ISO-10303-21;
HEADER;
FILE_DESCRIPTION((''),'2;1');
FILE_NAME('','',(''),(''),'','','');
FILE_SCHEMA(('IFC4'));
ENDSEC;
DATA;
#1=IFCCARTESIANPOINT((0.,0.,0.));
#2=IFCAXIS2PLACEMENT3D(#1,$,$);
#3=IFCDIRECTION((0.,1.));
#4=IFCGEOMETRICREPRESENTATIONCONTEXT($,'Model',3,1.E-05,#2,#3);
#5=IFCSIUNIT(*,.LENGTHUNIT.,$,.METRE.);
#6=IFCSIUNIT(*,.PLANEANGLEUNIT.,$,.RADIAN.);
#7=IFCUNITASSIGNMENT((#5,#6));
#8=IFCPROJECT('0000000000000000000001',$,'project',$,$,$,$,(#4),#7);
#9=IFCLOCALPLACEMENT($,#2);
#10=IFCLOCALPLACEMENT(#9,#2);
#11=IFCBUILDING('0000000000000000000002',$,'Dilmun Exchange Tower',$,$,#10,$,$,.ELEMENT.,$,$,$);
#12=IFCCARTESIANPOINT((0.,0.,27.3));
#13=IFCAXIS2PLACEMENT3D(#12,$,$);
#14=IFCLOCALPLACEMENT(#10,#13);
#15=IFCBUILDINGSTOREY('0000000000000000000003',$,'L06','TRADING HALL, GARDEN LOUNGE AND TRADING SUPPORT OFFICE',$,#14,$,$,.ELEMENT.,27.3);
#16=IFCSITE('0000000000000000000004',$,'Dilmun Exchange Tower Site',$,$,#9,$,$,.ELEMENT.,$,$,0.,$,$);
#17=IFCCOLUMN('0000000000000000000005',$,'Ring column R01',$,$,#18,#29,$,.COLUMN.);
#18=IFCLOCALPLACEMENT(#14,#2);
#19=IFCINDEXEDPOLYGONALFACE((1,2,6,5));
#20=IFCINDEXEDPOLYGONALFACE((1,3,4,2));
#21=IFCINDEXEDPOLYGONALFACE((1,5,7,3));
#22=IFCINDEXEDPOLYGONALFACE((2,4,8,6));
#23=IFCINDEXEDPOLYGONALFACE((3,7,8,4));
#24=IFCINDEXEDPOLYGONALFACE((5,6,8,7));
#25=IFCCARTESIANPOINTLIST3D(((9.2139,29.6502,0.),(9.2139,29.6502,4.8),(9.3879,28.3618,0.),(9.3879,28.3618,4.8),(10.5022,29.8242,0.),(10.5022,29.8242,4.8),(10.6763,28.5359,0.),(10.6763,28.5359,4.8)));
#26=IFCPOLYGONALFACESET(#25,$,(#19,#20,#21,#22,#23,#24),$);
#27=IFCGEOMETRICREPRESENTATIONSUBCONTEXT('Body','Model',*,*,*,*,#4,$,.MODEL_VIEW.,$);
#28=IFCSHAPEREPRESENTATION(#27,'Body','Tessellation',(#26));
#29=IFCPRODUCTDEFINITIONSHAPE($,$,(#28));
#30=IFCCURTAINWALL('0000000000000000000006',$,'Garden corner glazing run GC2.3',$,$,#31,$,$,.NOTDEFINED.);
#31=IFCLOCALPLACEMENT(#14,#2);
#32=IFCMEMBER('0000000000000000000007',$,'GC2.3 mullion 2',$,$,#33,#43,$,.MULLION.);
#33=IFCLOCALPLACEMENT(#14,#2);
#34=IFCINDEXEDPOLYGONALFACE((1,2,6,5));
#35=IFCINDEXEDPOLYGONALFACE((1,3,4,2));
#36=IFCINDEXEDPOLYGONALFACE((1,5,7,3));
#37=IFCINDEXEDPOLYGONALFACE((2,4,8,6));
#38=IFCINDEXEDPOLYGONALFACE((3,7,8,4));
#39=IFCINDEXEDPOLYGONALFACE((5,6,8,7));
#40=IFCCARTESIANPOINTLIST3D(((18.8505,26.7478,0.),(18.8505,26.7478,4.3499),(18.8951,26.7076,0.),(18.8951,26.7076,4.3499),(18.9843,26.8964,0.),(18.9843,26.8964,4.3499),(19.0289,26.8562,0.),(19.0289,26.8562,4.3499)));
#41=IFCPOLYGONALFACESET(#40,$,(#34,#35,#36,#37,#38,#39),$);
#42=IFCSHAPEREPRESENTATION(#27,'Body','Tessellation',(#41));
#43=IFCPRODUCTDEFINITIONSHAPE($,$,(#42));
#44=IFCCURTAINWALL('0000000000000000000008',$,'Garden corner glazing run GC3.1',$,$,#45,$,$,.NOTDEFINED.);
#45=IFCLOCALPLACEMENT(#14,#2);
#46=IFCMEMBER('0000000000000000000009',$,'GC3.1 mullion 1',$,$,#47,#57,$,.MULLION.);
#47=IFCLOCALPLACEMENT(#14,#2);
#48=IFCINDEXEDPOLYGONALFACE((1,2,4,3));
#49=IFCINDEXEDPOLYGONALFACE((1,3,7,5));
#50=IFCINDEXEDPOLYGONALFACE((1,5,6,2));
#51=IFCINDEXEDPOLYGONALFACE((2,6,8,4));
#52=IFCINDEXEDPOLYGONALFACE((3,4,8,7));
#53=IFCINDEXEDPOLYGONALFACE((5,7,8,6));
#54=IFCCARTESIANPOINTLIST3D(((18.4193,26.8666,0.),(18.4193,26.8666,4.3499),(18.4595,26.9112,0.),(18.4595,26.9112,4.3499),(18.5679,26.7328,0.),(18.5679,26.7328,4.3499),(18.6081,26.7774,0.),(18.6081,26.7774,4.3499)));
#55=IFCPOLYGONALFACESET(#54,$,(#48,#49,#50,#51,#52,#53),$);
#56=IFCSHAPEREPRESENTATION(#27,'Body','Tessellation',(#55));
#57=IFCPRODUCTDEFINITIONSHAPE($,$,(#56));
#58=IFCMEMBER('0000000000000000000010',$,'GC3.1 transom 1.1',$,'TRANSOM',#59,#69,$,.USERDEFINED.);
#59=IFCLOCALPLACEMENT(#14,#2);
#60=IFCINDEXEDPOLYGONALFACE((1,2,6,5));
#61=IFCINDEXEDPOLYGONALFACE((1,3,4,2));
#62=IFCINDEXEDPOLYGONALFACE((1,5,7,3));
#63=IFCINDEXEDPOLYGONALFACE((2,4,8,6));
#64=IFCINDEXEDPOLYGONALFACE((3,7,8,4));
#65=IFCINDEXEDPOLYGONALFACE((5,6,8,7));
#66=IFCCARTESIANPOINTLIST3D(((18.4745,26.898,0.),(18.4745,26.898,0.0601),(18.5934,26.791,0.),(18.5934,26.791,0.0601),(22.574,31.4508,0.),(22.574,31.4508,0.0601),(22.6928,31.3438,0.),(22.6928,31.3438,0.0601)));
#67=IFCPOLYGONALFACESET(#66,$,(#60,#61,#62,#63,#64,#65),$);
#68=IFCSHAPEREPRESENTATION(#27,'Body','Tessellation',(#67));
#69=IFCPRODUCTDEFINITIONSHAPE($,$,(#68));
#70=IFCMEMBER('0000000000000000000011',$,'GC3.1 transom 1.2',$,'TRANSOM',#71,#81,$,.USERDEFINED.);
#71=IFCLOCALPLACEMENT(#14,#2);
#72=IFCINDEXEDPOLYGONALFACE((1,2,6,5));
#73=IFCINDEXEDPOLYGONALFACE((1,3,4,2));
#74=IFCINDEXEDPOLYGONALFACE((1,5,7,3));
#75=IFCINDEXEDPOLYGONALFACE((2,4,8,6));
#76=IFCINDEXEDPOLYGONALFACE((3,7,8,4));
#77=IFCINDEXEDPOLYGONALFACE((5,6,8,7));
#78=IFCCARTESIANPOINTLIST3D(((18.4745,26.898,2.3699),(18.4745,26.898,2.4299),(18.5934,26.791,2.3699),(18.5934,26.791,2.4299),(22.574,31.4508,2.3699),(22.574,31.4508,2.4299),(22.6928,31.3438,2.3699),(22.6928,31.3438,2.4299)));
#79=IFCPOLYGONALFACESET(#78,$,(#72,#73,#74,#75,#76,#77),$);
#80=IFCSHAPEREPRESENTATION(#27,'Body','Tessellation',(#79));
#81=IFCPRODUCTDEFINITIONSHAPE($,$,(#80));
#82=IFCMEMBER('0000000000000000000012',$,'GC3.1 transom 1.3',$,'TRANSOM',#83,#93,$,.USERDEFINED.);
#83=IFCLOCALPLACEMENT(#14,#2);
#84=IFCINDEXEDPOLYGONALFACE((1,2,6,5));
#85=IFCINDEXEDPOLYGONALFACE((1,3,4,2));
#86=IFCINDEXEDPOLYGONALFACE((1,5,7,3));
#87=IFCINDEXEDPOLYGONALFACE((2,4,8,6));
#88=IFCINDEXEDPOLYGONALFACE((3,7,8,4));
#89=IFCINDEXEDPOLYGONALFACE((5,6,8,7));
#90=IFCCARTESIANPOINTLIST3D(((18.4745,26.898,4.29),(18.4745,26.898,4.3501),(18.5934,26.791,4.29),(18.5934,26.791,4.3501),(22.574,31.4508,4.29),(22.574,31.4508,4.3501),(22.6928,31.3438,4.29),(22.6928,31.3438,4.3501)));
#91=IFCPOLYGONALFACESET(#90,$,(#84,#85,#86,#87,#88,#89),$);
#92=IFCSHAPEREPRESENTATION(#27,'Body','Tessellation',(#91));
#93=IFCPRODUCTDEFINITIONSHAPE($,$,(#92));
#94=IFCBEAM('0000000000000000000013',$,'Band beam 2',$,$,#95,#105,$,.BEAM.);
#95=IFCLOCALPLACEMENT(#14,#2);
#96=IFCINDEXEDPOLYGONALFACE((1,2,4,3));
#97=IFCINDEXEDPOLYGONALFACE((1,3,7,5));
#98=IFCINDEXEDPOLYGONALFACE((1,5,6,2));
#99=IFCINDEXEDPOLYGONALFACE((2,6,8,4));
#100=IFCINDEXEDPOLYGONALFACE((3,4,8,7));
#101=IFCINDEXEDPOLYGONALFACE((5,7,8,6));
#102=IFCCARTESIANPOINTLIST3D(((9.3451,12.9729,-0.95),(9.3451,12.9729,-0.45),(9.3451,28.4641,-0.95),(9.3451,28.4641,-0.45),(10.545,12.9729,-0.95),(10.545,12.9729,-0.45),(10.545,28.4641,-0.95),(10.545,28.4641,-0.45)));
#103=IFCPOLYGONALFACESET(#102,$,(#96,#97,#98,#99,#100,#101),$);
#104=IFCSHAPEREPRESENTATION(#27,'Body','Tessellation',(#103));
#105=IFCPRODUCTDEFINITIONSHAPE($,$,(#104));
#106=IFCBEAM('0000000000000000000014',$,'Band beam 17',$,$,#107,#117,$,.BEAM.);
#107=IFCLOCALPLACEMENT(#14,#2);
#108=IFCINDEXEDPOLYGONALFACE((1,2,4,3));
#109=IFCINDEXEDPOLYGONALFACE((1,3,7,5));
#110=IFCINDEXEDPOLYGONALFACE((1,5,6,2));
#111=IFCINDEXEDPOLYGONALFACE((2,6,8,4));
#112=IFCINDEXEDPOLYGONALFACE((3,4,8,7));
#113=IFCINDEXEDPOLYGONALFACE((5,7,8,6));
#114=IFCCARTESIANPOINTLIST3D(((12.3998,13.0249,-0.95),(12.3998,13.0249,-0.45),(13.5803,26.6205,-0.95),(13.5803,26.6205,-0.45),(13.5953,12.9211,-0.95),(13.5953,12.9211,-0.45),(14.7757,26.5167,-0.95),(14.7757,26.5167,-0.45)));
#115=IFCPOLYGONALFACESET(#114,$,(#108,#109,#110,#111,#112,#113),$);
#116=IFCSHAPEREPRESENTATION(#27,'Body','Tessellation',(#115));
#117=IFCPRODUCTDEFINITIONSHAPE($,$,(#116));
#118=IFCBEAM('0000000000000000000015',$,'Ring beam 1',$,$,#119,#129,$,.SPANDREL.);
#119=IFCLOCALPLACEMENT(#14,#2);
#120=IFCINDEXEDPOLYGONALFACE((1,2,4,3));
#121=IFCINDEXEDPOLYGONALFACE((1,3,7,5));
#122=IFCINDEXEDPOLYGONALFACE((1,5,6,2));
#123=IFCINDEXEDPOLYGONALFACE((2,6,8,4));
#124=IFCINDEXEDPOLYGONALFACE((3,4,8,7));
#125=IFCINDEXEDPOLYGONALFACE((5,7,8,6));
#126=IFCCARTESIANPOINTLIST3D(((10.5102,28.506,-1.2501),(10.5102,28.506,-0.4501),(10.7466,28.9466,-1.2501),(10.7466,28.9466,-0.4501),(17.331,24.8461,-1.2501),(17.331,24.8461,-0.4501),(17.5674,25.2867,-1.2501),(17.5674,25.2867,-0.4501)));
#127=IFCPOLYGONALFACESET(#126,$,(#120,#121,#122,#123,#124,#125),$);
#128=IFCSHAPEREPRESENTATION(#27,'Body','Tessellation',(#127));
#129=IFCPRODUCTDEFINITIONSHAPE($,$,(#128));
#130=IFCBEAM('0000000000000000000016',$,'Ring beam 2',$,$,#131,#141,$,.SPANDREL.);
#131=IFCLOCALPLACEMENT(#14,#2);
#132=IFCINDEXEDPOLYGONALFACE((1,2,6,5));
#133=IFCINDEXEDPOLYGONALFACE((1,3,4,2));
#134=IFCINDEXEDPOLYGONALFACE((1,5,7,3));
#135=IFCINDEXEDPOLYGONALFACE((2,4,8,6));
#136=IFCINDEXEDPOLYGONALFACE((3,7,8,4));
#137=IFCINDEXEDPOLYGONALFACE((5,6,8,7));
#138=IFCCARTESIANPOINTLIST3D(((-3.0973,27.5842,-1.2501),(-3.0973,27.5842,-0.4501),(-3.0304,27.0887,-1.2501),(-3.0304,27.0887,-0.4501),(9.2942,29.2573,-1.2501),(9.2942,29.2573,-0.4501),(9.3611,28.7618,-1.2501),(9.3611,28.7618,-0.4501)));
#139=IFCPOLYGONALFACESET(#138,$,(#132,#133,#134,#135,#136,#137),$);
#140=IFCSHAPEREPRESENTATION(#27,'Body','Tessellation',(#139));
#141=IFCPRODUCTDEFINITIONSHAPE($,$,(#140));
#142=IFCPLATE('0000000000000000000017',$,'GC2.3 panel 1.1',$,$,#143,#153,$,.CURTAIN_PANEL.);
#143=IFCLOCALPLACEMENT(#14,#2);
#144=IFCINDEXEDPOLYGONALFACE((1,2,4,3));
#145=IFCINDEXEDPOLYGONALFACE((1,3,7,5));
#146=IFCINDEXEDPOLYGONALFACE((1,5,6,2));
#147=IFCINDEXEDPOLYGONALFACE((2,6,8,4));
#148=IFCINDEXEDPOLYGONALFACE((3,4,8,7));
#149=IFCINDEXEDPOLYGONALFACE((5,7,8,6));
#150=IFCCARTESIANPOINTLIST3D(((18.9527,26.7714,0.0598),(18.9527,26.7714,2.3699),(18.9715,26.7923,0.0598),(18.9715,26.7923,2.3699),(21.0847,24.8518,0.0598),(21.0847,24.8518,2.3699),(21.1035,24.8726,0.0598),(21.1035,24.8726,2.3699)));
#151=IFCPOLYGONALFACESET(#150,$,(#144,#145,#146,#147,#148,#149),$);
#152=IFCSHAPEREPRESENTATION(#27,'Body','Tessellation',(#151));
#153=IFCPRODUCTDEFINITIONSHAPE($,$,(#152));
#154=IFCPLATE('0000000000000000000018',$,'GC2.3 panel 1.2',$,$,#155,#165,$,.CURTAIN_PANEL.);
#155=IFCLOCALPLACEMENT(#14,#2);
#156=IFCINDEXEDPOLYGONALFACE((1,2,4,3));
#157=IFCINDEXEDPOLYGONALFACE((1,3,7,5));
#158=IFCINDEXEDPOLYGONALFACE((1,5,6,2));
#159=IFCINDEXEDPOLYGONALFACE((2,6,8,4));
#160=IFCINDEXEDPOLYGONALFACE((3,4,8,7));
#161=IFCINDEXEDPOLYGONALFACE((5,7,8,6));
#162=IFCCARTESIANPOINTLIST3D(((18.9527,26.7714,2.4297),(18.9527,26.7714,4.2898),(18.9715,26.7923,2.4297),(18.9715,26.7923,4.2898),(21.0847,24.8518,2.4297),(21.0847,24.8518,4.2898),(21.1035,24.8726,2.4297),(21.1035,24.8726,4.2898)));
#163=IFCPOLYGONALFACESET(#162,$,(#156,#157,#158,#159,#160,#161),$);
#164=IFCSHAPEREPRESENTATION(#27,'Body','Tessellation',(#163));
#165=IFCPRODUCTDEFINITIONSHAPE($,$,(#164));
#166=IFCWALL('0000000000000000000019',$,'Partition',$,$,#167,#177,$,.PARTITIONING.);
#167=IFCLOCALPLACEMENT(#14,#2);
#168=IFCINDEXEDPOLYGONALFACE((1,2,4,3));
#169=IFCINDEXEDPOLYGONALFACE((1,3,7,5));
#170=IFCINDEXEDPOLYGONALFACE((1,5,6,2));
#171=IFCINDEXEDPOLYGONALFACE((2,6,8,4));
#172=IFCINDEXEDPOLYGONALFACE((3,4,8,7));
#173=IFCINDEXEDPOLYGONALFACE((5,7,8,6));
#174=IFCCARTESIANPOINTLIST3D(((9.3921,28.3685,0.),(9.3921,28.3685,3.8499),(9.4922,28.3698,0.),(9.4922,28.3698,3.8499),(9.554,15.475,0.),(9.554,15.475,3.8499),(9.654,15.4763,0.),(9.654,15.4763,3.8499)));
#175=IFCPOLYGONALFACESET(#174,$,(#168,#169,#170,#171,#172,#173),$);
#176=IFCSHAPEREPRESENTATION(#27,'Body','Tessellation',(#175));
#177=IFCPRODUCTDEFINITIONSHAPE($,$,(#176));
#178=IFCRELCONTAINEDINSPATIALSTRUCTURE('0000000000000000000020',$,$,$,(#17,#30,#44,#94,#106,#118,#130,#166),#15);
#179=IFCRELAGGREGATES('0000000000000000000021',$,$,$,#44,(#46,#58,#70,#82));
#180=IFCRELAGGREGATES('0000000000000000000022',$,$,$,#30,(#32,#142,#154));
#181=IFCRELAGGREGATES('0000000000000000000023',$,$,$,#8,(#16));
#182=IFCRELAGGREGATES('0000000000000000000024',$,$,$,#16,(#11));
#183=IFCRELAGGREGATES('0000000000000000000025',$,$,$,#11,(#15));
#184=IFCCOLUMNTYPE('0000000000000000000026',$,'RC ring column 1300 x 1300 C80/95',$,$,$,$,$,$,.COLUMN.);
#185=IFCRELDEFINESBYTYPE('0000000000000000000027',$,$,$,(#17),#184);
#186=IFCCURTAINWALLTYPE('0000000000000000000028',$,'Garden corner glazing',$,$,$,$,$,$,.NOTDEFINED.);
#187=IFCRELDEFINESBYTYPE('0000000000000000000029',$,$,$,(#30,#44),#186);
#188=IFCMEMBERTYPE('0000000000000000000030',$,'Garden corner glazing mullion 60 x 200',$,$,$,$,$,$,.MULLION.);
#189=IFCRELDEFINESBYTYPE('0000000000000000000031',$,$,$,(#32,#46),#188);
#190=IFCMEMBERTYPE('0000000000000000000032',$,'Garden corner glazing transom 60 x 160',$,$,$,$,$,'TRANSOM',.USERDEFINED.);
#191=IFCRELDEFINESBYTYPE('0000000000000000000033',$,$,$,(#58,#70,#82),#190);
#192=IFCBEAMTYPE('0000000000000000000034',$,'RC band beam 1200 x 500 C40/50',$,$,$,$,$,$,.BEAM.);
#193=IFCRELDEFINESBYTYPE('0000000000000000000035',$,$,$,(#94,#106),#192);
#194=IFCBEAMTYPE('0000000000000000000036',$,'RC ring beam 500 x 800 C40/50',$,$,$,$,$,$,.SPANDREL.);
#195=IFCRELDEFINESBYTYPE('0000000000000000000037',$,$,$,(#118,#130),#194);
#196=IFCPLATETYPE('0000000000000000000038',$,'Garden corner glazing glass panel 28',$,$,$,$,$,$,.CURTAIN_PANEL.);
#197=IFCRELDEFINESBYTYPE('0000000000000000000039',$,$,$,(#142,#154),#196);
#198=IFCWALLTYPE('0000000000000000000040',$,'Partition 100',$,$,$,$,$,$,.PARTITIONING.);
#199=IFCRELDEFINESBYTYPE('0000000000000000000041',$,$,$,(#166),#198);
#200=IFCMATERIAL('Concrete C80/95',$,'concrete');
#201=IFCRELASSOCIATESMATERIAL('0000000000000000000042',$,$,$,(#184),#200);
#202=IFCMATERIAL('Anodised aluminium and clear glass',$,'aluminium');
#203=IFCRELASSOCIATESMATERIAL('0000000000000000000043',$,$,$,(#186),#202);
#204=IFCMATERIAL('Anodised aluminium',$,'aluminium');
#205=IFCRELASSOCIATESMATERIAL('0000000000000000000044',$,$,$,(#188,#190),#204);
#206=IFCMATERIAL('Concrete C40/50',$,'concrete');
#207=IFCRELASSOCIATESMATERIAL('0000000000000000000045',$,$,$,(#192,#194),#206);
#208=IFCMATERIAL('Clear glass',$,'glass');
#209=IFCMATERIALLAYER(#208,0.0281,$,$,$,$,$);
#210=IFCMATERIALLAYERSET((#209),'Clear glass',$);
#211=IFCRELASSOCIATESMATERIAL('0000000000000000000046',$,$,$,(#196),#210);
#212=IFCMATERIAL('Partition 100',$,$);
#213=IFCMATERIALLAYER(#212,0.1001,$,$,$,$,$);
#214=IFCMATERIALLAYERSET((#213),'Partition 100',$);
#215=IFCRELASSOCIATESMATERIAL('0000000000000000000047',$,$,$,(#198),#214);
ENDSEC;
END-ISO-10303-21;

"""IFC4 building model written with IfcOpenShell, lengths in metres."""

from ifc_helpers import new_model, si_unit, direction, frame, frame_2d, origin, origin_2d, place, context, subcontext, project, spatial, rectangle, extrude, material, layer, layer_set, material_profile, profile_set, type_object, element, aggregate, save


model = new_model("IFC4")

# Units and contexts
model_context = context("Model", 3, precision=1e-05, world=origin(), true_north=direction((0.0, 1.0)))
body_context = subcontext(model_context, "Body", "Model", "MODEL_VIEW")
ifc_project = project(units=[si_unit("LENGTHUNIT", "METRE"), si_unit("PLANEANGLEUNIT", "RADIAN")], contexts=[model_context])

# Site, building, storey
site_placement = place(None, origin())
site = spatial("IfcSite", under=ifc_project, at=site_placement, Name="Dilmun Exchange Tower Site", CompositionType="ELEMENT", RefElevation=0.0)
building_placement = place(site_placement, origin())
building = spatial("IfcBuilding", under=site, at=building_placement, Name="Dilmun Exchange Tower", CompositionType="ELEMENT")
storey_placement = place(building_placement, frame((0.0, 0.0, 27.3)))
storey = spatial("IfcBuildingStorey", under=building, at=storey_placement, Name="L06", Description="TRADING HALL, GARDEN LOUNGE AND TRADING SUPPORT OFFICE", CompositionType="ELEMENT", Elevation=27.3)

# Column
ifc_material_1 = material(Name="Concrete C80/95", Category="concrete")
ifc_material_profile_1 = material_profile(ifc_material_1, rectangle(XDim=1.3, YDim=1.3, at=origin_2d()), Name="1300 x 1300")
ifc_profile_set_1 = profile_set([ifc_material_profile_1], Name="Concrete C80/95")
column_type = type_object("IfcColumnType", Name="RC ring column 1300 x 1300 C80/95", PredefinedType="COLUMN", material=ifc_profile_set_1)
column_placement = place(storey_placement, frame((9.9451, 29.093, 0.0), z_axis=(0.0, 0.0, 1.0), x_axis=(0.991001, 0.133853, 0.0)))
element("IfcColumn", 1, at=column_placement, inside=storey, type_object=column_type, Name="Ring column R01", PredefinedType="COLUMN", context=body_context, shape_type="SweptSolid", body=[
    extrude(rectangle(XDim=1.3, YDim=1.3, at=origin_2d()), origin(), (0.0, 0.0, 1.0), 4.8),
])

# Curtain wall, member
ifc_material_2 = material(Name="Anodised aluminium and clear glass", Category="aluminium")
curtain_wall_type = type_object("IfcCurtainWallType", Name="Garden corner glazing", PredefinedType="NOTDEFINED", material=ifc_material_2)
curtain_wall_1_placement = place(storey_placement, origin())
curtain_wall_1 = element("IfcCurtainWall", 2, at=curtain_wall_1_placement, inside=storey, type_object=curtain_wall_type, Name="Garden corner glazing run GC2.3", PredefinedType="NOTDEFINED")
ifc_material_3 = material(Name="Anodised aluminium", Category="aluminium")
ifc_material_profile_2 = material_profile(ifc_material_3, rectangle(XDim=0.2, YDim=0.0601, at=origin_2d()), Name="AL 60x200")
ifc_profile_set_2 = profile_set([ifc_material_profile_2], Name="Anodised aluminium")
member_type_1 = type_object("IfcMemberType", Name="Garden corner glazing mullion 60 x 200", PredefinedType="MULLION", material=ifc_profile_set_2)
member_1_placement = place(storey_placement, frame((18.9397, 26.802, 0.0), z_axis=(0.0, 0.0, 1.0), x_axis=(-0.669118, -0.743156, 0.0)))
member_1 = element("IfcMember", 3, at=member_1_placement, type_object=member_type_1, Name="GC2.3 mullion 2", PredefinedType="MULLION", context=body_context, shape_type="SweptSolid", body=[
    extrude(rectangle(XDim=0.2, YDim=0.0601, at=origin_2d()), origin(), (0.0, 0.0, 1.0), 4.3499),
])

# Curtain wall, members
curtain_wall_2_placement = place(storey_placement, origin())
curtain_wall_2 = element("IfcCurtainWall", 4, at=curtain_wall_2_placement, inside=storey, type_object=curtain_wall_type, Name="Garden corner glazing run GC3.1", PredefinedType="NOTDEFINED")
member_2_placement = place(storey_placement, frame((18.5137, 26.822, 0.0), z_axis=(0.0, 0.0, 1.0), x_axis=(-0.74315, 0.669125, 0.0)))
member_2 = element("IfcMember", 5, at=member_2_placement, type_object=member_type_1, Name="GC3.1 mullion 1", PredefinedType="MULLION", context=body_context, shape_type="SweptSolid", body=[
    extrude(rectangle(XDim=0.2, YDim=0.0601, at=origin_2d()), origin(), (0.0, 0.0, 1.0), 4.3499),
])
ifc_material_profile_3 = material_profile(ifc_material_3, rectangle(XDim=0.1599, YDim=0.0601, at=origin_2d()), Name="AL 60x160")
ifc_profile_set_3 = profile_set([ifc_material_profile_3], Name="Anodised aluminium")
member_type_2 = type_object("IfcMemberType", Name="Garden corner glazing transom 60 x 160", ElementType="TRANSOM", PredefinedType="USERDEFINED", material=ifc_profile_set_3)
member_3_placement = place(storey_placement, frame((18.5339, 26.8445, 0.03), z_axis=(0.669136, 0.74314, 0.0), x_axis=(-0.74314, 0.669136, 0.0)))
member_3 = element("IfcMember", 6, at=member_3_placement, type_object=member_type_2, Name="GC3.1 transom 1.1", ObjectType="TRANSOM", PredefinedType="USERDEFINED", context=body_context, shape_type="SweptSolid", body=[
    extrude(rectangle(XDim=0.1599, YDim=0.0601, at=origin_2d()), origin(), (0.0, 0.0, 1.0), 6.1265),
])
member_4_placement = place(storey_placement, frame((18.5339, 26.8445, 2.3999), z_axis=(0.669136, 0.74314, 0.0), x_axis=(-0.74314, 0.669136, 0.0)))
member_4 = element("IfcMember", 7, at=member_4_placement, type_object=member_type_2, Name="GC3.1 transom 1.2", ObjectType="TRANSOM", PredefinedType="USERDEFINED", context=body_context, shape_type="SweptSolid", body=[
    extrude(rectangle(XDim=0.1599, YDim=0.0601, at=origin_2d()), origin(), (0.0, 0.0, 1.0), 6.1265),
])
member_5_placement = place(storey_placement, frame((18.5339, 26.8445, 4.3201), z_axis=(0.669136, 0.74314, 0.0), x_axis=(-0.74314, 0.669136, 0.0)))
member_5 = element("IfcMember", 8, at=member_5_placement, type_object=member_type_2, Name="GC3.1 transom 1.3", ObjectType="TRANSOM", PredefinedType="USERDEFINED", context=body_context, shape_type="SweptSolid", body=[
    extrude(rectangle(XDim=0.1599, YDim=0.0601, at=origin_2d()), origin(), (0.0, 0.0, 1.0), 6.1265),
])
aggregate(curtain_wall_2, [member_2, member_3, member_4, member_5])

# Beams
ifc_material_4 = material(Name="Concrete C40/50", Category="concrete")
ifc_material_profile_4 = material_profile(ifc_material_4, rectangle(XDim=1.2, YDim=0.5, at=origin_2d()), Name="1200 x 500")
ifc_profile_set_4 = profile_set([ifc_material_profile_4], Name="Concrete C40/50")
beam_type_1 = type_object("IfcBeamType", Name="RC band beam 1200 x 500 C40/50", PredefinedType="BEAM", material=ifc_profile_set_4)
beam_1_placement = place(storey_placement, frame((9.9451, 28.4641, -0.7), z_axis=(0.0, -1.0, 0.0), x_axis=(1.0, 0.0, 0.0)))
element("IfcBeam", 9, at=beam_1_placement, inside=storey, type_object=beam_type_1, Name="Band beam 2", PredefinedType="BEAM", context=body_context, shape_type="SweptSolid", body=[
    extrude(rectangle(XDim=1.2, YDim=0.5, at=origin_2d()), origin(), (0.0, 0.0, 1.0), 15.4912),
])
beam_2_placement = place(storey_placement, frame((14.178, 26.5686, -0.7), z_axis=(-0.086499, -0.996252, 0.0), x_axis=(0.996252, -0.086499, 0.0)))
element("IfcBeam", 10, at=beam_2_placement, inside=storey, type_object=beam_type_1, Name="Band beam 17", PredefinedType="BEAM", context=body_context, shape_type="SweptSolid", body=[
    extrude(rectangle(XDim=1.2, YDim=0.5, at=origin_2d()), origin(), (0.0, 0.0, 1.0), 13.6467),
])
ifc_material_profile_5 = material_profile(ifc_material_4, rectangle(XDim=0.5, YDim=0.8, at=origin_2d()), Name="500 x 800")
ifc_profile_set_5 = profile_set([ifc_material_profile_5], Name="Concrete C40/50")
beam_type_2 = type_object("IfcBeamType", Name="RC ring beam 500 x 800 C40/50", PredefinedType="SPANDREL", material=ifc_profile_set_5)
beam_3_placement = place(storey_placement, frame((17.4492, 25.0664, -0.8501), z_axis=(-0.881162, 0.472815, 0.0), x_axis=(-0.472815, -0.881162, 0.0)))
element("IfcBeam", 11, at=beam_3_placement, inside=storey, type_object=beam_type_2, Name="Ring beam 1", PredefinedType="SPANDREL", context=body_context, shape_type="SweptSolid", body=[
    extrude(rectangle(XDim=0.5, YDim=0.8, at=origin_2d()), origin(), (0.0, 0.0, 1.0), 7.7407),
])
beam_4_placement = place(storey_placement, frame((9.3276, 29.0095, -0.8501), z_axis=(-0.991007, -0.133807, 0.0), x_axis=(0.133807, -0.991007, 0.0)))
element("IfcBeam", 12, at=beam_4_placement, inside=storey, type_object=beam_type_2, Name="Ring beam 2", PredefinedType="SPANDREL", context=body_context, shape_type="SweptSolid", body=[
    extrude(rectangle(XDim=0.5, YDim=0.8, at=origin_2d()), origin(), (0.0, 0.0, 1.0), 12.5039),
])

# Plates
ifc_material_5 = material(Name="Clear glass", Category="glass")
ifc_layer_1 = layer(ifc_material_5, 0.0281)
ifc_layer_set_1 = layer_set([ifc_layer_1], Name="Clear glass")
plate_type = type_object("IfcPlateType", Name="Garden corner glazing glass panel 28", PredefinedType="CURTAIN_PANEL", material=ifc_layer_set_1)
plate_1_placement = place(storey_placement, frame((20.0281, 25.822, 0.0598), z_axis=(0.0, 0.0, 1.0), x_axis=(-0.743156, 0.669118, 0.0)))
plate_1 = element("IfcPlate", 13, at=plate_1_placement, type_object=plate_type, Name="GC2.3 panel 1.1", PredefinedType="CURTAIN_PANEL", context=body_context, shape_type="SweptSolid", body=[
    extrude(rectangle(XDim=2.8689, YDim=0.0281, at=origin_2d()), origin(), (0.0, 0.0, 1.0), 2.3101),
])
plate_2_placement = place(storey_placement, frame((20.0281, 25.822, 2.4297), z_axis=(0.0, 0.0, 1.0), x_axis=(-0.743156, 0.669118, 0.0)))
plate_2 = element("IfcPlate", 14, at=plate_2_placement, type_object=plate_type, Name="GC2.3 panel 1.2", PredefinedType="CURTAIN_PANEL", context=body_context, shape_type="SweptSolid", body=[
    extrude(rectangle(XDim=2.8689, YDim=0.0281, at=origin_2d()), origin(), (0.0, 0.0, 1.0), 1.8601),
])
aggregate(curtain_wall_1, [member_1, plate_1, plate_2])

# Wall
ifc_material_6 = material(Name="Partition 100")
ifc_layer_2 = layer(ifc_material_6, 0.1001)
ifc_layer_set_2 = layer_set([ifc_layer_2], Name="Partition 100")
wall_type = type_object("IfcWallType", Name="Partition 100", PredefinedType="PARTITIONING", material=ifc_layer_set_2)
wall_placement = place(storey_placement, frame((9.4421, 28.3691, 0.0), z_axis=(0.0, 0.0, 1.0), x_axis=(0.012553, -0.999921, 0.0)))
element("IfcWall", 15, at=wall_placement, inside=storey, type_object=wall_type, Name="Partition", PredefinedType="PARTITIONING", context=body_context, shape_type="SweptSolid", body=[
    extrude(rectangle(XDim=12.8945, YDim=0.1001, at=frame_2d((6.4473, 0.0))), origin(), (0.0, 0.0, 1.0), 3.8499),
])

save(model, "model.ifc")
